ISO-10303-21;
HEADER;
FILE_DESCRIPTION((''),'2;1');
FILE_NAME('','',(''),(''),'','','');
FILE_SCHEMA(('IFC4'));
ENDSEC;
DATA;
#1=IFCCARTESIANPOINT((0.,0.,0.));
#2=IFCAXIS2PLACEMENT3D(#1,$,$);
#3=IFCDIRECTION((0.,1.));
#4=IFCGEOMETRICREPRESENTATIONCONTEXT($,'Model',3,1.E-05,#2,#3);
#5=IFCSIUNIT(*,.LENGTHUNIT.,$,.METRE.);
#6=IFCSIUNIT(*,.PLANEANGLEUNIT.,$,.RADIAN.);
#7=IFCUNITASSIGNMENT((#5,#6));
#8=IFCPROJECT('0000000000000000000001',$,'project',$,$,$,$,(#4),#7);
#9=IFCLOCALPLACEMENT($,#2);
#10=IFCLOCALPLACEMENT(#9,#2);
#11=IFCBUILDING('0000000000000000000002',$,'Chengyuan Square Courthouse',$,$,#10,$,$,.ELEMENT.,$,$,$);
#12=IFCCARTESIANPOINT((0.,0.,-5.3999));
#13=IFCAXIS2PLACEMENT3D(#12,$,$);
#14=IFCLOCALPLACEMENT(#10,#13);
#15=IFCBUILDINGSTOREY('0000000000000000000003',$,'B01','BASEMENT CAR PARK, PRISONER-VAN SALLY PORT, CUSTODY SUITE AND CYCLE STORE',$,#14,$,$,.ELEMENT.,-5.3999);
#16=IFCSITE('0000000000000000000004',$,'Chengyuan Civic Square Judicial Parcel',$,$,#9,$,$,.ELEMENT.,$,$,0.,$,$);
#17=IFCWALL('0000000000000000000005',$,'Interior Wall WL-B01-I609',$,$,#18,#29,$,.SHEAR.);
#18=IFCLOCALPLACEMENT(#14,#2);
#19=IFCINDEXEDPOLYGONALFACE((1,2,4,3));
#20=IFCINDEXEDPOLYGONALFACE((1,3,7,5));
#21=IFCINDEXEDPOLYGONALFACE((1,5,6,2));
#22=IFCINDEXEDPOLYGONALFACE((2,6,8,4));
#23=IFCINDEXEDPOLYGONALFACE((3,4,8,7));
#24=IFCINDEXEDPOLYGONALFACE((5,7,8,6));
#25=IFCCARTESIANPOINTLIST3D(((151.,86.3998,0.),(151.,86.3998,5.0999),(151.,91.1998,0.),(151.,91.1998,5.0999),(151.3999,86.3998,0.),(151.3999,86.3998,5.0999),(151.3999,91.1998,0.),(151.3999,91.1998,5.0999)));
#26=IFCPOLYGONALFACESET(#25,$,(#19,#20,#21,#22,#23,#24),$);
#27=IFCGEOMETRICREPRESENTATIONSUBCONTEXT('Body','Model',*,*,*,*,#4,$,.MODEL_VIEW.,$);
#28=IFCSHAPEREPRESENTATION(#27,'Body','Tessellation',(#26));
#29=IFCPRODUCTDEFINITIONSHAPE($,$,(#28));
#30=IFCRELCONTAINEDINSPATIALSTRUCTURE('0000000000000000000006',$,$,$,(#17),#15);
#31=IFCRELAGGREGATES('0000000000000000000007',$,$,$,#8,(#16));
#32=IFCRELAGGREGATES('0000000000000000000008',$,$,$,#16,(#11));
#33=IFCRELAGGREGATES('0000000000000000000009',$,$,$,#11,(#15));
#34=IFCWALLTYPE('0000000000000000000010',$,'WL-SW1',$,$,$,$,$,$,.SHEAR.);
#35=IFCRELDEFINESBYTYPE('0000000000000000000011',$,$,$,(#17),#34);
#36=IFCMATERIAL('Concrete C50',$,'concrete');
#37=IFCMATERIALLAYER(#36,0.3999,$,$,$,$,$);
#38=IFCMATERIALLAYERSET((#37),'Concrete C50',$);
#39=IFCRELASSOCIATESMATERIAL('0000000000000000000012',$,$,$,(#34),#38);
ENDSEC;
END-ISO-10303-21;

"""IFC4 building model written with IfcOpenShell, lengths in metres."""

from ifc_helpers import new_model, si_unit, direction, frame, frame_2d, origin, place, context, subcontext, project, spatial, rectangle, extrude, material, layer, layer_set, type_object, element, save


model = new_model("IFC4")

# Units and contexts
model_context = context("Model", 3, precision=1e-05, world=origin(), true_north=direction((0.0, 1.0)))
body_context = subcontext(model_context, "Body", "Model", "MODEL_VIEW")
ifc_project = project(units=[si_unit("LENGTHUNIT", "METRE"), si_unit("PLANEANGLEUNIT", "RADIAN")], contexts=[model_context])

# Site, building, storey
site_placement = place(None, origin())
site = spatial("IfcSite", under=ifc_project, at=site_placement, Name="Chengyuan Civic Square Judicial Parcel", CompositionType="ELEMENT", RefElevation=0.0)
building_placement = place(site_placement, origin())
building = spatial("IfcBuilding", under=site, at=building_placement, Name="Chengyuan Square Courthouse", CompositionType="ELEMENT")
storey_placement = place(building_placement, frame((0.0, 0.0, -5.3999)))
storey = spatial("IfcBuildingStorey", under=building, at=storey_placement, Name="B01", Description="BASEMENT CAR PARK, PRISONER-VAN SALLY PORT, CUSTODY SUITE AND CYCLE STORE", CompositionType="ELEMENT", Elevation=-5.3999)

# Shared definitions
ifc_material_1 = material(Name="Concrete C50", Category="concrete")

# Wall
ifc_layer_1 = layer(ifc_material_1, 0.3999)
ifc_layer_set_1 = layer_set([ifc_layer_1], Name="Concrete C50")
wall_type_1 = type_object("IfcWallType", Name="WL-SW1", PredefinedType="SHEAR", material=ifc_layer_set_1)
wall_1_placement = place(storey_placement, frame((151.2, 86.3999, 0.0), z_axis=(0.0, 0.0, 1.0), x_axis=(0.0, 1.0, 0.0)))
element("IfcWall", 1, at=wall_1_placement, inside=storey, type_object=wall_type_1, Name="Interior Wall WL-B01-I609", PredefinedType="SHEAR", context=body_context, shape_type="SweptSolid", body=[
    extrude(rectangle(XDim=4.8, YDim=0.3999, at=frame_2d((2.3999, 0.0))), origin(), (0.0, 0.0, 1.0), 5.0999),
])

save(model, "model.ifc")
